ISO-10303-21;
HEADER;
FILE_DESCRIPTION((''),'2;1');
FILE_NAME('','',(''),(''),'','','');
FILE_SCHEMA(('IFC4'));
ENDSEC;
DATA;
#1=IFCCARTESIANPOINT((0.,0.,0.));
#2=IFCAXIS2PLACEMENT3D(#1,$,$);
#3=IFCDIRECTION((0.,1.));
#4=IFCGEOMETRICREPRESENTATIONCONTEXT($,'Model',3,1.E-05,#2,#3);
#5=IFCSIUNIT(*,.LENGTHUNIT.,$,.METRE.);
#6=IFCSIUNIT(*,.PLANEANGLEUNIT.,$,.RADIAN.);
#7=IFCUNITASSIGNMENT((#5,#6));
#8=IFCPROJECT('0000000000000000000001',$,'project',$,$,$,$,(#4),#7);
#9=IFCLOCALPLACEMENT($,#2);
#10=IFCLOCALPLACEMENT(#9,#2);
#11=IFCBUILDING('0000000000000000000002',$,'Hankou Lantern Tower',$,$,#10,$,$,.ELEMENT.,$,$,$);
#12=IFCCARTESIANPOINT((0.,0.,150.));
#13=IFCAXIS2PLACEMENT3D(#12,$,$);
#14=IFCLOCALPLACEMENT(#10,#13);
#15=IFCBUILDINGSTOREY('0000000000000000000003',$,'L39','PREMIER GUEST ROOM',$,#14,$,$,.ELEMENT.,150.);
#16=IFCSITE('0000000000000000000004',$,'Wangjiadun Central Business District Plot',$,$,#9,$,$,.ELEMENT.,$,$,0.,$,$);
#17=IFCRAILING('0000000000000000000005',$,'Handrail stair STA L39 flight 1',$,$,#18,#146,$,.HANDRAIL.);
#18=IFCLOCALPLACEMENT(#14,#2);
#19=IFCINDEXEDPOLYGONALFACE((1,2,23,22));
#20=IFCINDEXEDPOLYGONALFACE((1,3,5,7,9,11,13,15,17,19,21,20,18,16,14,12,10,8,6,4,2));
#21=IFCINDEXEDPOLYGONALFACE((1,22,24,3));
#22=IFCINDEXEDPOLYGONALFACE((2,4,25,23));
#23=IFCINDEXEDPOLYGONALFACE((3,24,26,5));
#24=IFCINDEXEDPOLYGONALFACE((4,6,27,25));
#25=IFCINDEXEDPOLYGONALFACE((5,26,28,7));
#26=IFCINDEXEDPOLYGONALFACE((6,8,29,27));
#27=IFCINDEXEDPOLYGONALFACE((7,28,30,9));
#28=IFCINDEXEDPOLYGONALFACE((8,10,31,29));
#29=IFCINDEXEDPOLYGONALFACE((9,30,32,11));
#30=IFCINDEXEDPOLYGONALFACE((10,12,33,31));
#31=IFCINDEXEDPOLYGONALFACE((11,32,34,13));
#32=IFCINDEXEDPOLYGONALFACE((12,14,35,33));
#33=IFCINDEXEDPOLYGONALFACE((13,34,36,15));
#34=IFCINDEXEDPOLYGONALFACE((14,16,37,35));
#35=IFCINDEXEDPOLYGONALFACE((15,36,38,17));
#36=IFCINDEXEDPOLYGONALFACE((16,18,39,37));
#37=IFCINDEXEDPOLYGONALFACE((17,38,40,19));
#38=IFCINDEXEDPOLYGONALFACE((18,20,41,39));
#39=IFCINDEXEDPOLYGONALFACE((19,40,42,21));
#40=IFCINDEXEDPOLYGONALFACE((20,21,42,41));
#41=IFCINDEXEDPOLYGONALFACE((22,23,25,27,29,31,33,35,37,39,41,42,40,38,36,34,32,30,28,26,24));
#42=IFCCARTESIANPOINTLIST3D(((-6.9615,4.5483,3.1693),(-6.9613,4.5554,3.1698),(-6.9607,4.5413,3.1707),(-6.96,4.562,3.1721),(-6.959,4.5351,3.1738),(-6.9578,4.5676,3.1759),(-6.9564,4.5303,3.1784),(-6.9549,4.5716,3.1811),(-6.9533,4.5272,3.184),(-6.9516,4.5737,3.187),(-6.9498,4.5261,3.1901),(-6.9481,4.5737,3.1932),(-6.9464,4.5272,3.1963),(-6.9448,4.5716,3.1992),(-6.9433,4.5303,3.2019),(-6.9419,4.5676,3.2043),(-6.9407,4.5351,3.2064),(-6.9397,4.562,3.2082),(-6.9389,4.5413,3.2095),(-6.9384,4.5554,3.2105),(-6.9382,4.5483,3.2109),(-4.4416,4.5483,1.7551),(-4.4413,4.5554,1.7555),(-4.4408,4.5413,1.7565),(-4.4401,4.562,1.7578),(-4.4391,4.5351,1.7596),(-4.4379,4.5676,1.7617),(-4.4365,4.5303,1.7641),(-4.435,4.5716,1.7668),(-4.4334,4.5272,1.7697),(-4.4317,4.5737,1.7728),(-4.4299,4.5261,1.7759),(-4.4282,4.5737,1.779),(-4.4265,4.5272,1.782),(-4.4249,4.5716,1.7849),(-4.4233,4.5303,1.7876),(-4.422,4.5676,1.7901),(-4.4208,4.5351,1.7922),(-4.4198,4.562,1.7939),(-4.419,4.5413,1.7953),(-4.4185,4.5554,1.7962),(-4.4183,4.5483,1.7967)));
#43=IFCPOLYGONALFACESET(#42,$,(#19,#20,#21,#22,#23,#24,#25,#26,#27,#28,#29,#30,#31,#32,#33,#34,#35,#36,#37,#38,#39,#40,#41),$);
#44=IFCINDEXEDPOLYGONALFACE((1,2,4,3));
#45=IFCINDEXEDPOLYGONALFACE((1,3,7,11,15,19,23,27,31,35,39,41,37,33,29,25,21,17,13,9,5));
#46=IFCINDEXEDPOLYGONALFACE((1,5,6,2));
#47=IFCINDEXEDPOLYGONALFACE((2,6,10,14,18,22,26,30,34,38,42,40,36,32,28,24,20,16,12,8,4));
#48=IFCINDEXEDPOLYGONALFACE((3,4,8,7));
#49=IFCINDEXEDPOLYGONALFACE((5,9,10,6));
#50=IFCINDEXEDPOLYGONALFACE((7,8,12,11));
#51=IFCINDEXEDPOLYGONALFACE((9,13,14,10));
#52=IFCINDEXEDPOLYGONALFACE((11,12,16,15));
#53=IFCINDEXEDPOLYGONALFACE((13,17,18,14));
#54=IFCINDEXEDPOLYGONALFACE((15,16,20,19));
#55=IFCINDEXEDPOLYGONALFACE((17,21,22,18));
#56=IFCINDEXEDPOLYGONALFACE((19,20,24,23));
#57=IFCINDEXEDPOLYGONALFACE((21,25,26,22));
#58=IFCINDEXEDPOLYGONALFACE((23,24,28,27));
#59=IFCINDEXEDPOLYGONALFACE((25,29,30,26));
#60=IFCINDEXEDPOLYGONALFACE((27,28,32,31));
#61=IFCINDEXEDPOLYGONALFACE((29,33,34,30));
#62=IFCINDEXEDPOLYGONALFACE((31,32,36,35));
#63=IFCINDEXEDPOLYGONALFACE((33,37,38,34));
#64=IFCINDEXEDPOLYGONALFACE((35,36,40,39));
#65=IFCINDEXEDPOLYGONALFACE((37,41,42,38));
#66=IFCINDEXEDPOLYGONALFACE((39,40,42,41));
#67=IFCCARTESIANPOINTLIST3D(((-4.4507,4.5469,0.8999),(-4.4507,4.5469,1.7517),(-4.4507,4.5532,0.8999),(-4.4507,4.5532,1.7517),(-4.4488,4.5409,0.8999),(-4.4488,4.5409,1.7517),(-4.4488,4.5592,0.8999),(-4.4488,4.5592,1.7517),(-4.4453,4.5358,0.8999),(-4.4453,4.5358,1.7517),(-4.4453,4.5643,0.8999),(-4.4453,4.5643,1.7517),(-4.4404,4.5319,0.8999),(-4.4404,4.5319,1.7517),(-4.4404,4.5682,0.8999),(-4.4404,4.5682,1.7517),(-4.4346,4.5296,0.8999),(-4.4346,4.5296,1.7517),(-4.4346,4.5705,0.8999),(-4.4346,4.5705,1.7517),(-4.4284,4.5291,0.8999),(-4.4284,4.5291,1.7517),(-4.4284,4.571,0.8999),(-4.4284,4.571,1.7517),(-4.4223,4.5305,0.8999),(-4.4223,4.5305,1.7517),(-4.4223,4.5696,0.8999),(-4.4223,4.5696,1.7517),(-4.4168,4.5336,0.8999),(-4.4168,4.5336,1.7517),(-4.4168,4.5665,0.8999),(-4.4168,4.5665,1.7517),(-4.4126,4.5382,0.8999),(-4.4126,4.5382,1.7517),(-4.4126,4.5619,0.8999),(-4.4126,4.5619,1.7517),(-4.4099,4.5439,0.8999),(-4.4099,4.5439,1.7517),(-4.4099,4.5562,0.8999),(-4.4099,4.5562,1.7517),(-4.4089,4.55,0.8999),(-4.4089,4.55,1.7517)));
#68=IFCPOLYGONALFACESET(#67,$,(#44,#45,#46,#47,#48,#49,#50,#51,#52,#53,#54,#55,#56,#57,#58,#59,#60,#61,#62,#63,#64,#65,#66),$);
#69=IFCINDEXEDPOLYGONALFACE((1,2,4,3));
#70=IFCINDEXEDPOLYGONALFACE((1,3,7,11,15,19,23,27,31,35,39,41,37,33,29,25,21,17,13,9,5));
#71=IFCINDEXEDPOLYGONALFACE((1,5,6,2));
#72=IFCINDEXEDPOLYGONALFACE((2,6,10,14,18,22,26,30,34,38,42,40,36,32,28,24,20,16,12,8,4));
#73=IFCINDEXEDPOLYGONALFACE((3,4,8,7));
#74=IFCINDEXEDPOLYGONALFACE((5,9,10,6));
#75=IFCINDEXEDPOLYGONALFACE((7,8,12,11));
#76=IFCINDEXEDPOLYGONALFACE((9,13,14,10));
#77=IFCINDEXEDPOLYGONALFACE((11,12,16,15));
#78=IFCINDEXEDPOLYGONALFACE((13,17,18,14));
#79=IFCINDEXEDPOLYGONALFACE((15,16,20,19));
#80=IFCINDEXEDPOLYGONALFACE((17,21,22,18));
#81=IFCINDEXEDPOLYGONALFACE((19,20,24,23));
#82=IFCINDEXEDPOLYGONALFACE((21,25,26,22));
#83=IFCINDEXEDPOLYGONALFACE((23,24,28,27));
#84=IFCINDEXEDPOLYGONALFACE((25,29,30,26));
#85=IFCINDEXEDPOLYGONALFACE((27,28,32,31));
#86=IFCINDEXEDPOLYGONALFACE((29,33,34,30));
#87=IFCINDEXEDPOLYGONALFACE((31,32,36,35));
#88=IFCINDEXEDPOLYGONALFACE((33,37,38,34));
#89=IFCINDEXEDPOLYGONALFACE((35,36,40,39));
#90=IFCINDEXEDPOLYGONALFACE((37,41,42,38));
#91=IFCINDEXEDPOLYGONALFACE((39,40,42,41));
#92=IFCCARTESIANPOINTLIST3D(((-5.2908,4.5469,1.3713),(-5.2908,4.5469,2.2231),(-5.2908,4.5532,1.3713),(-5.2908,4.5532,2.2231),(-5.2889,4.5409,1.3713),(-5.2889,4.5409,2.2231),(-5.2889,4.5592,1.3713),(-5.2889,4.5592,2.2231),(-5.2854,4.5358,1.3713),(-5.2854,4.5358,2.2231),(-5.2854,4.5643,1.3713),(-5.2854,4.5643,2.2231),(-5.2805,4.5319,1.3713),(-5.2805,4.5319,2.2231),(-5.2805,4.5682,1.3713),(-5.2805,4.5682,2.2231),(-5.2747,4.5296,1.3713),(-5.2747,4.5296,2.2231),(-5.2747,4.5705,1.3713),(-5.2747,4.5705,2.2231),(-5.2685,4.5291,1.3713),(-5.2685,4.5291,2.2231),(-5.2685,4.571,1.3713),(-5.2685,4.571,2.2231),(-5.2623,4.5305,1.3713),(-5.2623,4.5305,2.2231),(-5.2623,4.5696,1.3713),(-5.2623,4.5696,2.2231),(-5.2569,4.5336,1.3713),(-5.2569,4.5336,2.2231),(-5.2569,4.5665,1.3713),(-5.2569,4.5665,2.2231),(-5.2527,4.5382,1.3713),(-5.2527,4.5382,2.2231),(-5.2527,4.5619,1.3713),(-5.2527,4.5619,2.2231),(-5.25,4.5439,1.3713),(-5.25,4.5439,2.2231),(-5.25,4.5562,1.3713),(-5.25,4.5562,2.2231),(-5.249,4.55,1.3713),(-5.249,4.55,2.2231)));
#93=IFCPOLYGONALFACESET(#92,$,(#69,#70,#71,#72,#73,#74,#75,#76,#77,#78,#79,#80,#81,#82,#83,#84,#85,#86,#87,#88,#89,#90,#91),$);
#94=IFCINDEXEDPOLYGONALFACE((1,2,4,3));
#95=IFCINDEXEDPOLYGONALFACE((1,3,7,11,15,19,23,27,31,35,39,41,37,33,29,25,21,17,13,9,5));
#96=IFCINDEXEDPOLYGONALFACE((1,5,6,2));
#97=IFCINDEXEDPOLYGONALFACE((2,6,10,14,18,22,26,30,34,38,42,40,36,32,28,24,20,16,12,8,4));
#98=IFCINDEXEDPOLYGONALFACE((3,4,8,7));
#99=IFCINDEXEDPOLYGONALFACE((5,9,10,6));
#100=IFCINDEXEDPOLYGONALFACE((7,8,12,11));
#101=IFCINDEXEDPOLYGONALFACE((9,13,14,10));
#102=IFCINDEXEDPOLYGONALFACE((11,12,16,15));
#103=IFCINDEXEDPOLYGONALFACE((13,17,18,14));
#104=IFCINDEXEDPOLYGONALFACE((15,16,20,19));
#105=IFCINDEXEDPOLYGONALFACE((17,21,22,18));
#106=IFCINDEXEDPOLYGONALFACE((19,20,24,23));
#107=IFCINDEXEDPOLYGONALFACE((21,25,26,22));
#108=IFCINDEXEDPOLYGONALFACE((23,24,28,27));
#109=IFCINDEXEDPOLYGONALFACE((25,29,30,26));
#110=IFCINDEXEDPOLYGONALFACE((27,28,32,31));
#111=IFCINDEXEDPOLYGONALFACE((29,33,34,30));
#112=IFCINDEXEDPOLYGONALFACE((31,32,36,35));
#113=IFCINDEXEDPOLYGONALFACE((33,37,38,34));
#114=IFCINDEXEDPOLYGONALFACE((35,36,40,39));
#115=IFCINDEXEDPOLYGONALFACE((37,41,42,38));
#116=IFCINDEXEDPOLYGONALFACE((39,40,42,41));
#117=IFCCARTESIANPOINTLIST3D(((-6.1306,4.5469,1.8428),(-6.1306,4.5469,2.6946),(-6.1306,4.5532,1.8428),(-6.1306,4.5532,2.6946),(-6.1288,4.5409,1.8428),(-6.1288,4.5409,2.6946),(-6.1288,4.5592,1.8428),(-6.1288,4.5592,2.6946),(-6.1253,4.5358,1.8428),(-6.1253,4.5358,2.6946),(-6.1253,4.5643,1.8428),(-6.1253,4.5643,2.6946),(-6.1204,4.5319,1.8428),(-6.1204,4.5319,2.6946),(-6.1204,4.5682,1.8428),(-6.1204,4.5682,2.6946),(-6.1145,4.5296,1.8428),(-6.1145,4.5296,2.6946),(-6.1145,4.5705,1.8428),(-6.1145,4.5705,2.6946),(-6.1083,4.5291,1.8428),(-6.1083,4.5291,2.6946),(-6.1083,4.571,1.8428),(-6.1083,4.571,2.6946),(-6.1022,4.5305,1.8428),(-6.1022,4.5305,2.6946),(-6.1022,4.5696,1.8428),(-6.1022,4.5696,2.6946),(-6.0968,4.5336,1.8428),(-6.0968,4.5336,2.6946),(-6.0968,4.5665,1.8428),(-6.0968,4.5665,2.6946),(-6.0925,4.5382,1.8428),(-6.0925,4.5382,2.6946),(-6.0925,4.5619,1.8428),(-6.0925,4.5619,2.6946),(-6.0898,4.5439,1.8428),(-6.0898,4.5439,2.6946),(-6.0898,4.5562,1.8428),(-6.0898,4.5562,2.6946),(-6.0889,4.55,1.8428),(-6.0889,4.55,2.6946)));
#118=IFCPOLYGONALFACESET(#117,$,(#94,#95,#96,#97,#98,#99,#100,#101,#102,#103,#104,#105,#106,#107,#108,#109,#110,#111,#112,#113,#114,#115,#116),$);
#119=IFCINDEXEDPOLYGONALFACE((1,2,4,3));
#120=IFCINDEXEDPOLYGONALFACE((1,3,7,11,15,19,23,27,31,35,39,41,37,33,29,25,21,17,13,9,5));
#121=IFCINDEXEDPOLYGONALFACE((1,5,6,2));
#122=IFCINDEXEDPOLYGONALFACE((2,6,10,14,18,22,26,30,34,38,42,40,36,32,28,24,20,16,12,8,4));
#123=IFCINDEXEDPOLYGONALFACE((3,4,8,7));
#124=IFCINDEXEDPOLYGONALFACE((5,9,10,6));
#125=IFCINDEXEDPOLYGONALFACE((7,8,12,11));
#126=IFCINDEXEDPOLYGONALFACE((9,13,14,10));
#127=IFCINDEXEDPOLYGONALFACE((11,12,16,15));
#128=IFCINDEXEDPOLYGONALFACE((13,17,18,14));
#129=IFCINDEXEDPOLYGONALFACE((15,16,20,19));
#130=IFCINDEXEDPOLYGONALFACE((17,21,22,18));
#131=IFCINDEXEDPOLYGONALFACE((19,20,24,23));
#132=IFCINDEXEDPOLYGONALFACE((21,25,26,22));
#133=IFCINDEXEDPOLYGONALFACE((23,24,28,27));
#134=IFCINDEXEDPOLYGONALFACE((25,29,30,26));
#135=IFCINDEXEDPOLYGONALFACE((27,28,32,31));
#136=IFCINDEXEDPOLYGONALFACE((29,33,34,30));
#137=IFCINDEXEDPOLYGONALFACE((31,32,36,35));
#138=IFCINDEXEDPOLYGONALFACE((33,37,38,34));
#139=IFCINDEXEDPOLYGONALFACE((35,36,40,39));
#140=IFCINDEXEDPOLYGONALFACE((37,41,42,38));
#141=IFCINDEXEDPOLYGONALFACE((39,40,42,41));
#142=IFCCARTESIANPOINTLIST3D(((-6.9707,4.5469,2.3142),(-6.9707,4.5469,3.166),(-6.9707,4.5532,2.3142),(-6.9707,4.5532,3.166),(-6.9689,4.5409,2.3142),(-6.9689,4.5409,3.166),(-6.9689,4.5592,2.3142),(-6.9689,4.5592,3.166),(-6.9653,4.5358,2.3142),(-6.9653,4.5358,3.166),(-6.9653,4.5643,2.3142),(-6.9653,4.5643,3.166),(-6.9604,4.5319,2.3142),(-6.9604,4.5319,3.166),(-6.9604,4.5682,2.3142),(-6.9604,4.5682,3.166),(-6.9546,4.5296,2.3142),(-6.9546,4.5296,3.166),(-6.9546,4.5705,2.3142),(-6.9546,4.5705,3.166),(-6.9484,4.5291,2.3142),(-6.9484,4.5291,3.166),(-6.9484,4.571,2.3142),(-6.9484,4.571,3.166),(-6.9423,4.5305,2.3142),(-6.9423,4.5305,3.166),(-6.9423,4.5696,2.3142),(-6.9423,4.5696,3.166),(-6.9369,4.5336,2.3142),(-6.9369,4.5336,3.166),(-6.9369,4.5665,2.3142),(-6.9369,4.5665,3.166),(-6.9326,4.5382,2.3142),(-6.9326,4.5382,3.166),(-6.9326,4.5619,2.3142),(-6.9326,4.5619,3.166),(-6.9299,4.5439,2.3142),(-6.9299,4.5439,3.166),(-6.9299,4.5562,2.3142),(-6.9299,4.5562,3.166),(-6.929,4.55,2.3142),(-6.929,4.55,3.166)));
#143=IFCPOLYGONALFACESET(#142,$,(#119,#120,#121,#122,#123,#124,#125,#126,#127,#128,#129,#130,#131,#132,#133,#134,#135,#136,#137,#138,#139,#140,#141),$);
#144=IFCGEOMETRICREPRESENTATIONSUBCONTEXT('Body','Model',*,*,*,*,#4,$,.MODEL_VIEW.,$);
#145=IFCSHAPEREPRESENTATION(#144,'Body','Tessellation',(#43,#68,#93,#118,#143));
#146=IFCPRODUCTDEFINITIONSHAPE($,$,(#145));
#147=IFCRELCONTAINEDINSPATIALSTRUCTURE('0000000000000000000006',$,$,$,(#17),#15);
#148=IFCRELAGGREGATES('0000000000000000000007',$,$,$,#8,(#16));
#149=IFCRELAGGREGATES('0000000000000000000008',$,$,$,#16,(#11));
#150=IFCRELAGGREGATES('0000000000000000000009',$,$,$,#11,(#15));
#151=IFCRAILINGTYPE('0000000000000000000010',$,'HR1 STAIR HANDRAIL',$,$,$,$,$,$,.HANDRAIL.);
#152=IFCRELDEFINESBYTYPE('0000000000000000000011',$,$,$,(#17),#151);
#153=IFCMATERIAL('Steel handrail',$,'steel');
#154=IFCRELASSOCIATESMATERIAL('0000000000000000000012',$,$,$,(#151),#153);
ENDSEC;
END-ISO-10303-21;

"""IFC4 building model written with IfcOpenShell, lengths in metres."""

from ifc_helpers import new_model, si_unit, direction, frame, origin, origin_2d, place, context, subcontext, project, spatial, circle, extrude, material, type_object, element, save


model = new_model("IFC4")

# Units and contexts
model_context = context("Model", 3, precision=1e-05, world=origin(), true_north=direction((0.0, 1.0)))
body_context = subcontext(model_context, "Body", "Model", "MODEL_VIEW")
ifc_project = project(units=[si_unit("LENGTHUNIT", "METRE"), si_unit("PLANEANGLEUNIT", "RADIAN")], contexts=[model_context])

# Site, building, storey
site_placement = place(None, origin())
site = spatial("IfcSite", under=ifc_project, at=site_placement, Name="Wangjiadun Central Business District Plot", CompositionType="ELEMENT", RefElevation=0.0)
building_placement = place(site_placement, origin())
building = spatial("IfcBuilding", under=site, at=building_placement, Name="Hankou Lantern Tower", CompositionType="ELEMENT")
storey_placement = place(building_placement, frame((0.0, 0.0, 150.0)))
storey = spatial("IfcBuildingStorey", under=building, at=storey_placement, Name="L39", Description="PREMIER GUEST ROOM", CompositionType="ELEMENT", Elevation=150.0)

# Railing
ifc_material_1 = material(Name="Steel handrail", Category="steel")
railing_type = type_object("IfcRailingType", Name="HR1 STAIR HANDRAIL", PredefinedType="HANDRAIL", material=ifc_material_1)
railing_1_placement = place(storey_placement, frame((-4.4299, 4.55, 0.8999)))
element("IfcRailing", 1, at=railing_1_placement, inside=storey, type_object=railing_type, Name="Handrail stair STA L39 flight 1", PredefinedType="HANDRAIL", context=body_context, shape_type="SweptSolid", body=[
    extrude(circle(Radius=0.0239, at=origin_2d()), frame((0.0, 0.0, 0.876), z_axis=(-0.872049, 0.0, 0.489419), x_axis=(0.0, -1.0, 0.0)), (0.0, 0.0, 1.0), 2.8896),
    extrude(circle(Radius=0.021, at=origin_2d()), origin(), (0.0, 0.0, 1.0), 0.8518),
    extrude(circle(Radius=0.021, at=origin_2d()), frame((-0.8401, 0.0, 0.4714)), (0.0, 0.0, 1.0), 0.8518),
    extrude(circle(Radius=0.021, at=origin_2d()), frame((-1.6799, 0.0, 0.9429)), (0.0, 0.0, 1.0), 0.8518),
    extrude(circle(Radius=0.021, at=origin_2d()), frame((-2.52, 0.0, 1.4143)), (0.0, 0.0, 1.0), 0.8518),
])

save(model, "model.ifc")
